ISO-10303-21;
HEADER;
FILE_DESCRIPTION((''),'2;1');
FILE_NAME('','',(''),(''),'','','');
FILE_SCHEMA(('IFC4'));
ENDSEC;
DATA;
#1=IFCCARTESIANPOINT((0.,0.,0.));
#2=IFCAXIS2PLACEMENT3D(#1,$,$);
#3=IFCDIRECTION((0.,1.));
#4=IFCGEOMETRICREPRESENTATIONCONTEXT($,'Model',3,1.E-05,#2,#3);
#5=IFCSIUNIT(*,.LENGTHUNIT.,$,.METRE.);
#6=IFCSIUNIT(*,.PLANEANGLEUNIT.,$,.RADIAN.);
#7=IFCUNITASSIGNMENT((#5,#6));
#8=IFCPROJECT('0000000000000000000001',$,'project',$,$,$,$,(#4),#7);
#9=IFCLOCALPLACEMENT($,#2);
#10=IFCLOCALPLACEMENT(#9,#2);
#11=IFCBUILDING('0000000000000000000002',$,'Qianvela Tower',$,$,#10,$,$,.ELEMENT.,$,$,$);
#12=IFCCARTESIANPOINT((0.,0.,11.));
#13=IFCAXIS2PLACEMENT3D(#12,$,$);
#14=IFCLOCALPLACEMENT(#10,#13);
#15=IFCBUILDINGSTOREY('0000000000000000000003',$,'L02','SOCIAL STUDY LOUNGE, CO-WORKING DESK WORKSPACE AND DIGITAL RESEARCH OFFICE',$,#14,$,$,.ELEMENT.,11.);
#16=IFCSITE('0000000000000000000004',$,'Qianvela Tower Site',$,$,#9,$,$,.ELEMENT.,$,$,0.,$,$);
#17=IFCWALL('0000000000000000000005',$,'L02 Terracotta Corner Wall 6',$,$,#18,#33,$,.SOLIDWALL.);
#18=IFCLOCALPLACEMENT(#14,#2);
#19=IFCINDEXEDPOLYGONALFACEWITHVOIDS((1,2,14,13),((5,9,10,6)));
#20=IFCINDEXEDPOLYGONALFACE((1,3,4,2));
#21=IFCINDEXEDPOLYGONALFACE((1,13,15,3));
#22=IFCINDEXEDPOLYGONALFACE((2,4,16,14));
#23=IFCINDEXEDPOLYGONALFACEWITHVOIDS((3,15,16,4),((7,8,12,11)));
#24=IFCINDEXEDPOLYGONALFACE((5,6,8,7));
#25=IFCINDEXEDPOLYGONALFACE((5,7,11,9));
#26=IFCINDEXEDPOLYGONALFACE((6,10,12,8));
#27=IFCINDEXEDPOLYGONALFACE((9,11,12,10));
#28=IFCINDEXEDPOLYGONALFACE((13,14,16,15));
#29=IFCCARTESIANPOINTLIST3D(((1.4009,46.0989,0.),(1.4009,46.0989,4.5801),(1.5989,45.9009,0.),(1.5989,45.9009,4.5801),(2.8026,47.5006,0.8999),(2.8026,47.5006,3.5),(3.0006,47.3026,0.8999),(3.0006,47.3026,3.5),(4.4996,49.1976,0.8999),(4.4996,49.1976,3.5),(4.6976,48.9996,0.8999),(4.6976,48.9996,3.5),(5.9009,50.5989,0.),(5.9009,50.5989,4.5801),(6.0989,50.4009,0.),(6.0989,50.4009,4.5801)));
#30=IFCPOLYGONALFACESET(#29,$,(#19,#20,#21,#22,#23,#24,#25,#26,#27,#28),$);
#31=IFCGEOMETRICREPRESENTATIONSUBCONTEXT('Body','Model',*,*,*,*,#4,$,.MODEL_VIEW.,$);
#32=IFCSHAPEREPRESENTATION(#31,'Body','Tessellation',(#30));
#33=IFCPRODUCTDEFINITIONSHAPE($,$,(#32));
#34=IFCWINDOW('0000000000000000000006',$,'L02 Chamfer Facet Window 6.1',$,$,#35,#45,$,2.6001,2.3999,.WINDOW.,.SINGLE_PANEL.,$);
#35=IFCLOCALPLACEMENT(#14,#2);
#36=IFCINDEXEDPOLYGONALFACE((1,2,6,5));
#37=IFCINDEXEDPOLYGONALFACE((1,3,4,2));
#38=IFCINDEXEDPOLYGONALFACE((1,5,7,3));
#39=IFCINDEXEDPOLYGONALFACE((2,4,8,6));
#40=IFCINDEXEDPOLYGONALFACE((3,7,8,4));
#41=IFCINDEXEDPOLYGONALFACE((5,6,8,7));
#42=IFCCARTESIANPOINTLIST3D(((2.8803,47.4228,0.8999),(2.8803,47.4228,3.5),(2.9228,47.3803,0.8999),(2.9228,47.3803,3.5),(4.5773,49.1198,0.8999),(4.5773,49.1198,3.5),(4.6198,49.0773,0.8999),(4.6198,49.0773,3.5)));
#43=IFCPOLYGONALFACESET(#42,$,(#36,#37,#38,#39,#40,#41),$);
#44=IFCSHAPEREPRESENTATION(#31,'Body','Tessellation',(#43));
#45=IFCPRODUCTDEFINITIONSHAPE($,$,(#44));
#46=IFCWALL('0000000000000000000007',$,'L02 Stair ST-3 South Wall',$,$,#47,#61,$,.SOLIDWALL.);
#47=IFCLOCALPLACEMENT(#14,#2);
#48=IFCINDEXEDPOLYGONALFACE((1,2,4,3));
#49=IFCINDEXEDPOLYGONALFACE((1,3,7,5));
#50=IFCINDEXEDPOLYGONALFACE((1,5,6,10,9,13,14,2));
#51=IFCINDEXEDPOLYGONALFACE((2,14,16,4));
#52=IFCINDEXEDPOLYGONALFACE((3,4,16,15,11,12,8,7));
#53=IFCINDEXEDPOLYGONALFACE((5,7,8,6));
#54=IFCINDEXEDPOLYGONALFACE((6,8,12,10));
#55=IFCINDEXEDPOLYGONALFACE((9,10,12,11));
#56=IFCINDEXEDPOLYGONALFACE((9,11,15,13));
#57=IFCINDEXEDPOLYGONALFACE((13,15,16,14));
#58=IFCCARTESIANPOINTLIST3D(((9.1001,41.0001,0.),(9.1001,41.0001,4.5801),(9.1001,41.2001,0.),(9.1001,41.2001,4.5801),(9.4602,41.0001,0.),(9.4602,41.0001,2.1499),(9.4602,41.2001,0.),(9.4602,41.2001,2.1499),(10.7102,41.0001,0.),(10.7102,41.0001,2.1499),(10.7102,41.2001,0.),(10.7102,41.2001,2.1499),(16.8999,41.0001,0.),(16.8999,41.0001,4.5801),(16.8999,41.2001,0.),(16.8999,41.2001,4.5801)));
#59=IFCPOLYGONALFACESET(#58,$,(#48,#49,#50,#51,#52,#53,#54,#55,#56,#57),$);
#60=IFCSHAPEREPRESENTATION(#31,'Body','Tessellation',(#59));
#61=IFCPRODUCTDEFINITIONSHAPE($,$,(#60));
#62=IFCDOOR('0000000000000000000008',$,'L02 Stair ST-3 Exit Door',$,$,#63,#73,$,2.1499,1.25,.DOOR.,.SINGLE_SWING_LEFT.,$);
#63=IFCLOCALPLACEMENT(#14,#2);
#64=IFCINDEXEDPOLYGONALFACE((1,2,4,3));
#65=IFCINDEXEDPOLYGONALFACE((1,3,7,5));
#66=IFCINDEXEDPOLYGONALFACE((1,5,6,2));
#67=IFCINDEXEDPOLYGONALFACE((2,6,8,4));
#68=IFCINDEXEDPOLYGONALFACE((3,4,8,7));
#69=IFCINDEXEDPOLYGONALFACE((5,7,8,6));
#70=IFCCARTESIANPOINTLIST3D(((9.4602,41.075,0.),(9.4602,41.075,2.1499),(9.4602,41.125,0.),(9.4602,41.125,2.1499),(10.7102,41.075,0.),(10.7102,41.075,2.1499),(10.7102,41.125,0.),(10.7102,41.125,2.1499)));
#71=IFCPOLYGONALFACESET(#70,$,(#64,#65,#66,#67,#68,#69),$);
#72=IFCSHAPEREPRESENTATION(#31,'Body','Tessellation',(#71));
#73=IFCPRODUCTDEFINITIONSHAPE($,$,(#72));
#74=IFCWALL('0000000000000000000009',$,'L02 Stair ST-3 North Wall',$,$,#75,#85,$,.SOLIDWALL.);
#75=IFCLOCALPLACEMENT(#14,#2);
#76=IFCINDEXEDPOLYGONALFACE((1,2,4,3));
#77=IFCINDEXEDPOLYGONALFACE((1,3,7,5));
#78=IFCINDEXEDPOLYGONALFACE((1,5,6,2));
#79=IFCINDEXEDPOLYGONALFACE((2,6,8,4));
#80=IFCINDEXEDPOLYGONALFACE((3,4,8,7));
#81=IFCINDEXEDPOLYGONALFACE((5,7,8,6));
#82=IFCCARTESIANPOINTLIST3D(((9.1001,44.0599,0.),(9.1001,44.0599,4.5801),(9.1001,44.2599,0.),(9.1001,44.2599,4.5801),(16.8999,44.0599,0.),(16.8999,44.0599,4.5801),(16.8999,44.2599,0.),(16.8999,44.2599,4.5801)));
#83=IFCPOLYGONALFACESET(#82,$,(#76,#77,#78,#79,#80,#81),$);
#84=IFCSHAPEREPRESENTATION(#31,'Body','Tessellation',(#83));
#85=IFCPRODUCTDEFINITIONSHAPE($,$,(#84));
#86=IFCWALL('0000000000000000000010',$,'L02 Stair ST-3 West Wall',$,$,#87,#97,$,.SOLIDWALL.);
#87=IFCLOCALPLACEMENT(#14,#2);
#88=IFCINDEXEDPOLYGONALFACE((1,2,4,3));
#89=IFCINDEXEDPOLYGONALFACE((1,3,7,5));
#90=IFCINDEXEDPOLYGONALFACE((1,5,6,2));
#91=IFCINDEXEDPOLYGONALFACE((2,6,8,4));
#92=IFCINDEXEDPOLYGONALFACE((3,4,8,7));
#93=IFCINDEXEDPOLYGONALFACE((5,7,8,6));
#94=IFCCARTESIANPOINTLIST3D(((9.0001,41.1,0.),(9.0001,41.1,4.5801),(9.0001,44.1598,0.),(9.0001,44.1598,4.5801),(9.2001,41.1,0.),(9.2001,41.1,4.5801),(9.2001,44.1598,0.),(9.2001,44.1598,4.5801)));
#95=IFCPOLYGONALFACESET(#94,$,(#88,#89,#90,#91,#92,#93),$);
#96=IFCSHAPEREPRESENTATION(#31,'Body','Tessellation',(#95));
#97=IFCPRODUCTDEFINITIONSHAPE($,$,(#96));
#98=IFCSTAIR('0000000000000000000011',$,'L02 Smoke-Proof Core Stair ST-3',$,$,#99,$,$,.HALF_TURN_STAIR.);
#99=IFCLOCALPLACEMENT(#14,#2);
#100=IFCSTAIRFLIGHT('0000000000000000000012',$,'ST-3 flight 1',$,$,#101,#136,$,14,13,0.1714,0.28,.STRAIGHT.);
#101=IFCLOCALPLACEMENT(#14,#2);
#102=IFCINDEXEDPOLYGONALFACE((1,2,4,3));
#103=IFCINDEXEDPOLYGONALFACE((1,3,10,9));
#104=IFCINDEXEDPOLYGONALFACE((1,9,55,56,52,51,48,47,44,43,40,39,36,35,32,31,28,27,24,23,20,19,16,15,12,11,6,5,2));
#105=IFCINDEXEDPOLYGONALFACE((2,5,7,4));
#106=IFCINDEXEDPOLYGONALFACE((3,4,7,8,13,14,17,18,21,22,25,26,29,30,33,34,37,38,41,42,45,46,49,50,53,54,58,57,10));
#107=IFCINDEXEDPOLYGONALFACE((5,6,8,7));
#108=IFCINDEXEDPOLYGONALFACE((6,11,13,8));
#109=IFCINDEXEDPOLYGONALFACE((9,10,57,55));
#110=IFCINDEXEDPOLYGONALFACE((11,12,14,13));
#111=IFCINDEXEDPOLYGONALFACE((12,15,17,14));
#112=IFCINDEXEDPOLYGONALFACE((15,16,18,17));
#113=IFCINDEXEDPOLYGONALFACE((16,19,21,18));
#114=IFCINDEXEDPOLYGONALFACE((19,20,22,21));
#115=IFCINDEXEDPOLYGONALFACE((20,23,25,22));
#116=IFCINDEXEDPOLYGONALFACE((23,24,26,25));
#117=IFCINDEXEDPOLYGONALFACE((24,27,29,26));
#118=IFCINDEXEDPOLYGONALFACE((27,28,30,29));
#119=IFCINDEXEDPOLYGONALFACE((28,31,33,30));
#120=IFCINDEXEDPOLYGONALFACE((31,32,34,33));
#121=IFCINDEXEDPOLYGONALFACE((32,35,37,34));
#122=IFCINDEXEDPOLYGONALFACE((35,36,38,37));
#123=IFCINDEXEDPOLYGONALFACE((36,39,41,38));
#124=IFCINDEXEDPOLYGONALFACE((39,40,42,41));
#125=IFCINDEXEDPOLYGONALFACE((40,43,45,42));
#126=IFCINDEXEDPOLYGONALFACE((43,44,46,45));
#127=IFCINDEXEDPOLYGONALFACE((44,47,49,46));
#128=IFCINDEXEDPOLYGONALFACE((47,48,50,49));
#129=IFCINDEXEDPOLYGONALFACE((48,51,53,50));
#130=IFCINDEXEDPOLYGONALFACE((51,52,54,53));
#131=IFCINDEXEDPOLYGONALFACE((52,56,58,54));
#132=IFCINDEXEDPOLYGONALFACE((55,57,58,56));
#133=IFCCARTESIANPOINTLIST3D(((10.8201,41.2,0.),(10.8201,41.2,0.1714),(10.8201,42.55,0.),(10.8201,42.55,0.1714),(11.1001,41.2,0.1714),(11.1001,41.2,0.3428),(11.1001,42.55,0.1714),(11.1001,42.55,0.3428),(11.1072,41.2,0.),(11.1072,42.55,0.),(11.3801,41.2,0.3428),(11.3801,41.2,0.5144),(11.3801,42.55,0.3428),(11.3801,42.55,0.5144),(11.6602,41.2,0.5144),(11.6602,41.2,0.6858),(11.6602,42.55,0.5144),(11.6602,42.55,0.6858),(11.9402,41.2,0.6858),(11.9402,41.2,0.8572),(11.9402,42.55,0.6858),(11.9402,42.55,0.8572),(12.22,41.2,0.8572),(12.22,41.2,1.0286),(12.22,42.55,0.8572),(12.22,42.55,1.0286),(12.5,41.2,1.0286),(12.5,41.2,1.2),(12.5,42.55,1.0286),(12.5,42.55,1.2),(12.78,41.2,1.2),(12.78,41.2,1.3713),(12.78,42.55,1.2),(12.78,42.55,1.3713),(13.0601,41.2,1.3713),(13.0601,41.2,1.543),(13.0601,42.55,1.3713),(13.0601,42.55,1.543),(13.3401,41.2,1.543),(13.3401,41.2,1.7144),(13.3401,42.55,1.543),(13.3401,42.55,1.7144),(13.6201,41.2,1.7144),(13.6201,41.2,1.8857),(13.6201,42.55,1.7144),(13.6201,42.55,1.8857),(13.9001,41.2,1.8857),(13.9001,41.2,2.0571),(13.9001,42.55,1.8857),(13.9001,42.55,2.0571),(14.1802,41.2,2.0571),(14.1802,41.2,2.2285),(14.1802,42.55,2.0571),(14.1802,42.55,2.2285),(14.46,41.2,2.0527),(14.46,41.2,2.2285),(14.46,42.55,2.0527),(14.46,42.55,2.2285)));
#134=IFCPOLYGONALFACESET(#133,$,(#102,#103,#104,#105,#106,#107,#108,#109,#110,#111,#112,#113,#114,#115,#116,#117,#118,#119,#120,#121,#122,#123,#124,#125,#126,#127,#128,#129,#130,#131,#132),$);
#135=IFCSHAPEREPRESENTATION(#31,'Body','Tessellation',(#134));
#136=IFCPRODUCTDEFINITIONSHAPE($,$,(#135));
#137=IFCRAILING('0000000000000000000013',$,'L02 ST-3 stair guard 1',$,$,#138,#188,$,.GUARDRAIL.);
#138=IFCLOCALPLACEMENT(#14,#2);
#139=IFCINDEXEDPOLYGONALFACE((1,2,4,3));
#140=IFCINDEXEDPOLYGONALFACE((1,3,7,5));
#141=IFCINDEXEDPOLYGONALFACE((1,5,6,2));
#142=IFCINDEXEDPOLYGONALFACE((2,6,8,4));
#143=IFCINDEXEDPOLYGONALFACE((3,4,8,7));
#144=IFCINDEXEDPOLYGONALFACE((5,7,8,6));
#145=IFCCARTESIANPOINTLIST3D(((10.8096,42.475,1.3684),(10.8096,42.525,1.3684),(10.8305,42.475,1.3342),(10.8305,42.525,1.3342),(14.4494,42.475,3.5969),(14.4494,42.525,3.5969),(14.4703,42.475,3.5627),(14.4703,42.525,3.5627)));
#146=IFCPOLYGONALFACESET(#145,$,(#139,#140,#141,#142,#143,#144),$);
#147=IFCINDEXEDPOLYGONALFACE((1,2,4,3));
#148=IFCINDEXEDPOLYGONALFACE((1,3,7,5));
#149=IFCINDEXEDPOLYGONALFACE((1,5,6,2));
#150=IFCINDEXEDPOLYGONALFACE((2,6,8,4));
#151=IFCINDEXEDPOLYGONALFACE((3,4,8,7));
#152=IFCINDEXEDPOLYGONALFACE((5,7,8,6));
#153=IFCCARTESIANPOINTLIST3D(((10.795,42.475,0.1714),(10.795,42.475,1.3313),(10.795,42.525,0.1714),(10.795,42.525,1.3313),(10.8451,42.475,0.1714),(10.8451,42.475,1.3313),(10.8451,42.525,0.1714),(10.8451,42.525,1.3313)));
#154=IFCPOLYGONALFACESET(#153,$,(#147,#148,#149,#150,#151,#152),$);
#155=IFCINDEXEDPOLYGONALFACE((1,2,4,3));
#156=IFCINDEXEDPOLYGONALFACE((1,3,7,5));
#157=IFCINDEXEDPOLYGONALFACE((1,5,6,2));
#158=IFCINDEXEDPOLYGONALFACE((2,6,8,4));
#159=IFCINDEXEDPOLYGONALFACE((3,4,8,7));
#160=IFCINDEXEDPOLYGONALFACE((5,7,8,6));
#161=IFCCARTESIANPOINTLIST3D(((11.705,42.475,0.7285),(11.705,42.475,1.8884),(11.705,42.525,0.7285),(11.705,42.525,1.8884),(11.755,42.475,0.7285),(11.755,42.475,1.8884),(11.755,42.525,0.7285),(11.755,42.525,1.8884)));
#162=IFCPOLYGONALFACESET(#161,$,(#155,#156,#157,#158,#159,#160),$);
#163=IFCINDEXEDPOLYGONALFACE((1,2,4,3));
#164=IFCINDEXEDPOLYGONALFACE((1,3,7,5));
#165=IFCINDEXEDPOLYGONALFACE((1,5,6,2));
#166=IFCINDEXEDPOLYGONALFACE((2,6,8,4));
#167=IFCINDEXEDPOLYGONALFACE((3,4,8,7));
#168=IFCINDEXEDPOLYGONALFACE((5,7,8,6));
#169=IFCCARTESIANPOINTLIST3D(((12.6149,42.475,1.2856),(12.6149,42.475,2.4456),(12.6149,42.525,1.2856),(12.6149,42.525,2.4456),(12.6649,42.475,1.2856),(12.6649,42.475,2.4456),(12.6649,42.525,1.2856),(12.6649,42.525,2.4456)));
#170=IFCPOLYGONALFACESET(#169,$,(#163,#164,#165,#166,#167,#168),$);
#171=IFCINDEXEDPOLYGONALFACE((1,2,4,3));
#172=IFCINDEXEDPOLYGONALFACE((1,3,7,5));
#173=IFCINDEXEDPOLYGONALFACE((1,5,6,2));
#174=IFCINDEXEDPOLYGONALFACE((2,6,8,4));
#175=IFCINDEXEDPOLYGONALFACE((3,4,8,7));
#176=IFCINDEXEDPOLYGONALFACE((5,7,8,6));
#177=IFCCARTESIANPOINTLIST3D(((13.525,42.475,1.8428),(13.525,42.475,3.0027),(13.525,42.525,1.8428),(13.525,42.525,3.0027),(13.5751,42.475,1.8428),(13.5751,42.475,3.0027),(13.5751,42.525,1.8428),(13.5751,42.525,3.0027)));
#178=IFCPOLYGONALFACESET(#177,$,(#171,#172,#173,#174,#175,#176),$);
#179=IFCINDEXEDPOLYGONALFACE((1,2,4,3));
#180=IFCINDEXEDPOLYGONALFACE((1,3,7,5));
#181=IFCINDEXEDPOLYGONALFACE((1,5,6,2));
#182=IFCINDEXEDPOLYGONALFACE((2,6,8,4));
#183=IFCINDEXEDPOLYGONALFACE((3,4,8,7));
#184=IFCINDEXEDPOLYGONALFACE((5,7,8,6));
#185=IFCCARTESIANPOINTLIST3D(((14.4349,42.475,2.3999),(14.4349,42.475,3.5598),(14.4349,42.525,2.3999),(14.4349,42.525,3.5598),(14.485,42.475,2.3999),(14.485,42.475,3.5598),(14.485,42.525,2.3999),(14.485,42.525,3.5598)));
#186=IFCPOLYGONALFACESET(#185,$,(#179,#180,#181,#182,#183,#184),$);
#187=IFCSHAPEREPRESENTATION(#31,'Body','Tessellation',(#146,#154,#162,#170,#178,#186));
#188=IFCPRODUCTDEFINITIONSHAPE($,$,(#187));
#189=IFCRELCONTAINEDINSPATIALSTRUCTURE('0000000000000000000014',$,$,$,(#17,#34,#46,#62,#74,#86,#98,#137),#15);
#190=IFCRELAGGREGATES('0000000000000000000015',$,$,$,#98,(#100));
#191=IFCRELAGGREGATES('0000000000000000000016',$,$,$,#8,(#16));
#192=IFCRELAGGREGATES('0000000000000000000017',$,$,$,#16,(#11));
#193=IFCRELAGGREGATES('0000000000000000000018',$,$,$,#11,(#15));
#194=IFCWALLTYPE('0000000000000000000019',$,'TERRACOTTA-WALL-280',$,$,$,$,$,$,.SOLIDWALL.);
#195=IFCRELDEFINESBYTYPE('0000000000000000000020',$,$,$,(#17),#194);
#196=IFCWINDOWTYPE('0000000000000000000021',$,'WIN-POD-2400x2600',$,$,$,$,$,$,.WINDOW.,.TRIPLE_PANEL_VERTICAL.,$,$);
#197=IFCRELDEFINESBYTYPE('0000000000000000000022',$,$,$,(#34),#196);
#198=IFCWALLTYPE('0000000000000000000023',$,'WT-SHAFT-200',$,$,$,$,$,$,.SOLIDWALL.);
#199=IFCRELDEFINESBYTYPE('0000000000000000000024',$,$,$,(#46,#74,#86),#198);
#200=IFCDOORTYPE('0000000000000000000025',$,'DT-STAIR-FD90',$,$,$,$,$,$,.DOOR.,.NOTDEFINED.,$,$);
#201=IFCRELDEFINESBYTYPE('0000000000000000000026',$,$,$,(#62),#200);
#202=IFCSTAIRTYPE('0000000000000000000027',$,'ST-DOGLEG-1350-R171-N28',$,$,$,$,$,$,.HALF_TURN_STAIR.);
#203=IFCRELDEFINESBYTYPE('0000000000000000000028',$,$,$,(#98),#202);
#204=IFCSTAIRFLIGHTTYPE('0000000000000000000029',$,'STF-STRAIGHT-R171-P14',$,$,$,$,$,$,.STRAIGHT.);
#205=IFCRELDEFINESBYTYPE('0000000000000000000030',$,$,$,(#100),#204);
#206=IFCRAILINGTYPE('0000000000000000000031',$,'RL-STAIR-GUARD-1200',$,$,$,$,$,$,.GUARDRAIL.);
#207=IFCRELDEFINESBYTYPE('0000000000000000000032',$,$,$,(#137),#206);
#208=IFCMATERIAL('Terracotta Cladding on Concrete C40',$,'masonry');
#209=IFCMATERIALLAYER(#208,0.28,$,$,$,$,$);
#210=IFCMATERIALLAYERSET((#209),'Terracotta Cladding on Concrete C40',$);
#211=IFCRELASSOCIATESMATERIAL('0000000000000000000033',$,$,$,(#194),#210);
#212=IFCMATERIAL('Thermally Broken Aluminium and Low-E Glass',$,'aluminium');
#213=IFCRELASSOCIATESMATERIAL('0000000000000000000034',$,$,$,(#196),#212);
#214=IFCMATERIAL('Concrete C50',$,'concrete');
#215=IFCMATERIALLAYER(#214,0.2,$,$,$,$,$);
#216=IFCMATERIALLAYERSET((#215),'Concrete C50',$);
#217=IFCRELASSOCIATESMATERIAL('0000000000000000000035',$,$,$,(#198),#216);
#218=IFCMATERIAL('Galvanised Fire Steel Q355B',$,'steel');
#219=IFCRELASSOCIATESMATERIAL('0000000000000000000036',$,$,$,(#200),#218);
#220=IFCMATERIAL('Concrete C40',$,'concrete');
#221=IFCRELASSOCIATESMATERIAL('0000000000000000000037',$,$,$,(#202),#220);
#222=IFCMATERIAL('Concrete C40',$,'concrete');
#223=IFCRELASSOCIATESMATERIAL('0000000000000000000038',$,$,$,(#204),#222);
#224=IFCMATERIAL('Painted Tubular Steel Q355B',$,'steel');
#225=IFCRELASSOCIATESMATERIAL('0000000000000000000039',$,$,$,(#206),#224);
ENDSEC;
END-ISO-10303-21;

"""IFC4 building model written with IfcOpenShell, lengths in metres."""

from ifc_helpers import new_model, si_unit, direction, frame, frame_2d, origin, origin_2d, place, context, subcontext, project, spatial, polyline, rectangle, outline, extrude, material, layer, layer_set, type_object, element, fill, aggregate, save


model = new_model("IFC4")

# Units and contexts
model_context = context("Model", 3, precision=1e-05, world=origin(), true_north=direction((0.0, 1.0)))
body_context = subcontext(model_context, "Body", "Model", "MODEL_VIEW")
ifc_project = project(units=[si_unit("LENGTHUNIT", "METRE"), si_unit("PLANEANGLEUNIT", "RADIAN")], contexts=[model_context])

# Site, building, storey
site_placement = place(None, origin())
site = spatial("IfcSite", under=ifc_project, at=site_placement, Name="Qianvela Tower Site", CompositionType="ELEMENT", RefElevation=0.0)
building_placement = place(site_placement, origin())
building = spatial("IfcBuilding", under=site, at=building_placement, Name="Qianvela Tower", CompositionType="ELEMENT")
storey_placement = place(building_placement, frame((0.0, 0.0, 11.0)))
storey = spatial("IfcBuildingStorey", under=building, at=storey_placement, Name="L02", Description="SOCIAL STUDY LOUNGE, CO-WORKING DESK WORKSPACE AND DIGITAL RESEARCH OFFICE", CompositionType="ELEMENT", Elevation=11.0)

# Wall, opening, window
ifc_material_1 = material(Name="Terracotta Cladding on Concrete C40", Category="masonry")
ifc_layer_1 = layer(ifc_material_1, 0.28)
ifc_layer_set_1 = layer_set([ifc_layer_1], Name="Terracotta Cladding on Concrete C40")
wall_type_1 = type_object("IfcWallType", Name="TERRACOTTA-WALL-280", PredefinedType="SOLIDWALL", material=ifc_layer_set_1)
wall_1_placement = place(storey_placement, frame((6.0, 50.5, 0.0), z_axis=(0.0, 0.0, 1.0), x_axis=(-0.707107, -0.707107, 0.0)))
wall_1 = element("IfcWall", 1, at=wall_1_placement, inside=storey, type_object=wall_type_1, Name="L02 Terracotta Corner Wall 6", PredefinedType="SOLIDWALL", context=body_context, shape_type="SweptSolid", body=[
    extrude(rectangle(XDim=6.364, YDim=0.28, at=frame_2d((3.1821, 0.0))), origin(), (0.0, 0.0, 1.0), 4.5801),
])
opening_1_placement = place(wall_1_placement, frame((1.9819, 0.0, 0.8999)))
opening_1 = element("IfcOpeningElement", 2, at=opening_1_placement, cuts=wall_1, PredefinedType="OPENING", context=body_context, shape_type="SweptSolid", body=[
    extrude(rectangle(XDim=2.3999, YDim=2.6001, at=frame_2d((1.2, 1.3))), frame((0.0, 0.1499, 0.0), z_axis=(0.0, -1.0, 0.0), x_axis=(1.0, 0.0, 0.0)), (0.0, 0.0, 1.0), 0.3),
])
ifc_material_2 = material(Name="Thermally Broken Aluminium and Low-E Glass", Category="aluminium")
window_type = type_object("IfcWindowType", Name="WIN-POD-2400x2600", PartitioningType="TRIPLE_PANEL_VERTICAL", PredefinedType="WINDOW", material=ifc_material_2)
window_placement = place(opening_1_placement, origin())
window = element("IfcWindow", 3, at=window_placement, inside=storey, type_object=window_type, Name="L02 Chamfer Facet Window 6.1", OverallHeight=2.6001, OverallWidth=2.3999, PartitioningType="SINGLE_PANEL", PredefinedType="WINDOW", context=body_context, shape_type="SweptSolid", body=[
    extrude(rectangle(XDim=2.3999, YDim=2.6001, at=frame_2d((1.2, 1.3))), frame((0.0, 0.03, 0.0), z_axis=(0.0, -1.0, 0.0), x_axis=(1.0, 0.0, 0.0)), (0.0, 0.0, 1.0), 0.0601),
])
fill(opening_1, window)

# Wall, opening, door
ifc_material_3 = material(Name="Concrete C50", Category="concrete")
ifc_layer_2 = layer(ifc_material_3, 0.2)
ifc_layer_set_2 = layer_set([ifc_layer_2], Name="Concrete C50")
wall_type_2 = type_object("IfcWallType", Name="WT-SHAFT-200", PredefinedType="SOLIDWALL", material=ifc_layer_set_2)
wall_2_placement = place(storey_placement, frame((9.1001, 41.1001, 0.0), z_axis=(0.0, 0.0, 1.0), x_axis=(1.0, 0.0, 0.0)))
wall_2 = element("IfcWall", 4, at=wall_2_placement, inside=storey, type_object=wall_type_2, Name="L02 Stair ST-3 South Wall", PredefinedType="SOLIDWALL", context=body_context, shape_type="SweptSolid", body=[
    extrude(rectangle(XDim=7.7998, YDim=0.2, at=frame_2d((3.8999, 0.0))), origin(), (0.0, 0.0, 1.0), 4.5801),
])
opening_2_placement = place(wall_2_placement, frame((0.3601, 0.0, 0.0)))
opening_2 = element("IfcOpeningElement", 5, at=opening_2_placement, cuts=wall_2, PredefinedType="OPENING", context=body_context, shape_type="SweptSolid", body=[
    extrude(rectangle(XDim=1.25, YDim=2.1499, at=frame_2d((0.625, 1.075))), frame((0.0, 0.1099, 0.0), z_axis=(0.0, -1.0, 0.0), x_axis=(1.0, 0.0, 0.0)), (0.0, 0.0, 1.0), 0.22),
])
ifc_material_4 = material(Name="Galvanised Fire Steel Q355B", Category="steel")
door_type = type_object("IfcDoorType", Name="DT-STAIR-FD90", OperationType="NOTDEFINED", PredefinedType="DOOR", material=ifc_material_4)
door_placement = place(opening_2_placement, origin())
door = element("IfcDoor", 6, at=door_placement, inside=storey, type_object=door_type, Name="L02 Stair ST-3 Exit Door", OperationType="SINGLE_SWING_LEFT", OverallHeight=2.1499, OverallWidth=1.25, PredefinedType="DOOR", context=body_context, shape_type="SweptSolid", body=[
    extrude(rectangle(XDim=1.25, YDim=2.1499, at=frame_2d((0.625, 1.075))), frame((0.0, 0.0249, 0.0), z_axis=(0.0, -1.0, 0.0), x_axis=(1.0, 0.0, 0.0)), (0.0, 0.0, 1.0), 0.05),
])
fill(opening_2, door)

# Walls
wall_3_placement = place(storey_placement, frame((9.1001, 44.1599, 0.0), z_axis=(0.0, 0.0, 1.0), x_axis=(1.0, 0.0, 0.0)))
element("IfcWall", 7, at=wall_3_placement, inside=storey, type_object=wall_type_2, Name="L02 Stair ST-3 North Wall", PredefinedType="SOLIDWALL", context=body_context, shape_type="SweptSolid", body=[
    extrude(rectangle(XDim=7.7998, YDim=0.2, at=frame_2d((3.8999, 0.0))), origin(), (0.0, 0.0, 1.0), 4.5801),
])
wall_4_placement = place(storey_placement, frame((9.1001, 41.1001, 0.0), z_axis=(0.0, 0.0, 1.0), x_axis=(0.0, 1.0, 0.0)))
element("IfcWall", 8, at=wall_4_placement, inside=storey, type_object=wall_type_2, Name="L02 Stair ST-3 West Wall", PredefinedType="SOLIDWALL", context=body_context, shape_type="SweptSolid", body=[
    extrude(rectangle(XDim=3.0598, YDim=0.2, at=frame_2d((1.5298, 0.0))), origin(), (0.0, 0.0, 1.0), 4.5801),
])

# Stair, stair flight
ifc_material_5 = material(Name="Concrete C40", Category="concrete")
stair_type = type_object("IfcStairType", Name="ST-DOGLEG-1350-R171-N28", PredefinedType="HALF_TURN_STAIR", material=ifc_material_5)
stair_placement = place(storey_placement, origin())
stair = element("IfcStair", 9, at=stair_placement, inside=storey, type_object=stair_type, Name="L02 Smoke-Proof Core Stair ST-3", PredefinedType="HALF_TURN_STAIR")
ifc_material_6 = material(Name="Concrete C40", Category="concrete")
stair_flight_type = type_object("IfcStairFlightType", Name="STF-STRAIGHT-R171-P14", PredefinedType="STRAIGHT", material=ifc_material_6)
stair_flight_placement = place(storey_placement, frame((10.8201, 41.875, 0.0), z_axis=(0.0, 0.0, 1.0), x_axis=(1.0, 0.0, 0.0)))
stair_flight = element("IfcStairFlight", 10, at=stair_flight_placement, type_object=stair_flight_type, Name="ST-3 flight 1", NumberOfRisers=14, NumberOfTreads=13, PredefinedType="STRAIGHT", RiserHeight=0.1714, TreadLength=0.28, context=body_context, shape_type="SweptSolid", body=[
    extrude(outline(polyline([(0.0, 0.0), (0.0, 0.1714), (0.28, 0.1714), (0.28, 0.3428), (0.5601, 0.3428), (0.5601, 0.5144), (0.8401, 0.5144), (0.8401, 0.6858), (1.1201, 0.6858), (1.1201, 0.8572), (1.3999, 0.8572), (1.3999, 1.0286), (1.6799, 1.0286), (1.6799, 1.2), (1.96, 1.2), (1.96, 1.3713), (2.24, 1.3713), (2.24, 1.543), (2.52, 1.543), (2.52, 1.7144), (2.8, 1.7144), (2.8, 1.8857), (3.0801, 1.8857), (3.0801, 2.0571), (3.3601, 2.0571), (3.3601, 2.2285), (3.6399, 2.2285), (3.6399, 2.3999), (3.6399, 2.0527), (0.2871, 0.0), (0.0, 0.0)])), frame((0.0, 0.675, 0.0), z_axis=(0.0, -1.0, 0.0), x_axis=(1.0, 0.0, 0.0)), (0.0, 0.0, 1.0), 1.3501),
])
aggregate(stair, [stair_flight])

# Railing
ifc_material_7 = material(Name="Painted Tubular Steel Q355B", Category="steel")
railing_type_1 = type_object("IfcRailingType", Name="RL-STAIR-GUARD-1200", PredefinedType="GUARDRAIL", material=ifc_material_7)
railing_1_placement = place(storey_placement, frame((10.8201, 42.5, 0.1714)))
element("IfcRailing", 11, at=railing_1_placement, inside=storey, type_object=railing_type_1, Name="L02 ST-3 stair guard 1", PredefinedType="GUARDRAIL", context=body_context, shape_type="SweptSolid", body=[
    extrude(rectangle(XDim=0.05, YDim=0.04, at=origin_2d()), frame((0.0, 0.0, 1.1799), z_axis=(0.85285, 0.0, 0.522156), x_axis=(0.0, 1.0, 0.0)), (0.0, 0.0, 1.0), 4.2678),
    extrude(rectangle(XDim=0.05, YDim=0.05, at=origin_2d()), origin(), (0.0, 0.0, 1.0), 1.1599),
    extrude(rectangle(XDim=0.05, YDim=0.05, at=origin_2d()), frame((0.9099, 0.0, 0.5571)), (0.0, 0.0, 1.0), 1.1599),
    extrude(rectangle(XDim=0.05, YDim=0.05, at=origin_2d()), frame((1.8198, 0.0, 1.1143)), (0.0, 0.0, 1.0), 1.1599),
    extrude(rectangle(XDim=0.05, YDim=0.05, at=origin_2d()), frame((2.73, 0.0, 1.6714)), (0.0, 0.0, 1.0), 1.1599),
    extrude(rectangle(XDim=0.05, YDim=0.05, at=origin_2d()), frame((3.6399, 0.0, 2.2285)), (0.0, 0.0, 1.0), 1.1599),
])

save(model, "model.ifc")
